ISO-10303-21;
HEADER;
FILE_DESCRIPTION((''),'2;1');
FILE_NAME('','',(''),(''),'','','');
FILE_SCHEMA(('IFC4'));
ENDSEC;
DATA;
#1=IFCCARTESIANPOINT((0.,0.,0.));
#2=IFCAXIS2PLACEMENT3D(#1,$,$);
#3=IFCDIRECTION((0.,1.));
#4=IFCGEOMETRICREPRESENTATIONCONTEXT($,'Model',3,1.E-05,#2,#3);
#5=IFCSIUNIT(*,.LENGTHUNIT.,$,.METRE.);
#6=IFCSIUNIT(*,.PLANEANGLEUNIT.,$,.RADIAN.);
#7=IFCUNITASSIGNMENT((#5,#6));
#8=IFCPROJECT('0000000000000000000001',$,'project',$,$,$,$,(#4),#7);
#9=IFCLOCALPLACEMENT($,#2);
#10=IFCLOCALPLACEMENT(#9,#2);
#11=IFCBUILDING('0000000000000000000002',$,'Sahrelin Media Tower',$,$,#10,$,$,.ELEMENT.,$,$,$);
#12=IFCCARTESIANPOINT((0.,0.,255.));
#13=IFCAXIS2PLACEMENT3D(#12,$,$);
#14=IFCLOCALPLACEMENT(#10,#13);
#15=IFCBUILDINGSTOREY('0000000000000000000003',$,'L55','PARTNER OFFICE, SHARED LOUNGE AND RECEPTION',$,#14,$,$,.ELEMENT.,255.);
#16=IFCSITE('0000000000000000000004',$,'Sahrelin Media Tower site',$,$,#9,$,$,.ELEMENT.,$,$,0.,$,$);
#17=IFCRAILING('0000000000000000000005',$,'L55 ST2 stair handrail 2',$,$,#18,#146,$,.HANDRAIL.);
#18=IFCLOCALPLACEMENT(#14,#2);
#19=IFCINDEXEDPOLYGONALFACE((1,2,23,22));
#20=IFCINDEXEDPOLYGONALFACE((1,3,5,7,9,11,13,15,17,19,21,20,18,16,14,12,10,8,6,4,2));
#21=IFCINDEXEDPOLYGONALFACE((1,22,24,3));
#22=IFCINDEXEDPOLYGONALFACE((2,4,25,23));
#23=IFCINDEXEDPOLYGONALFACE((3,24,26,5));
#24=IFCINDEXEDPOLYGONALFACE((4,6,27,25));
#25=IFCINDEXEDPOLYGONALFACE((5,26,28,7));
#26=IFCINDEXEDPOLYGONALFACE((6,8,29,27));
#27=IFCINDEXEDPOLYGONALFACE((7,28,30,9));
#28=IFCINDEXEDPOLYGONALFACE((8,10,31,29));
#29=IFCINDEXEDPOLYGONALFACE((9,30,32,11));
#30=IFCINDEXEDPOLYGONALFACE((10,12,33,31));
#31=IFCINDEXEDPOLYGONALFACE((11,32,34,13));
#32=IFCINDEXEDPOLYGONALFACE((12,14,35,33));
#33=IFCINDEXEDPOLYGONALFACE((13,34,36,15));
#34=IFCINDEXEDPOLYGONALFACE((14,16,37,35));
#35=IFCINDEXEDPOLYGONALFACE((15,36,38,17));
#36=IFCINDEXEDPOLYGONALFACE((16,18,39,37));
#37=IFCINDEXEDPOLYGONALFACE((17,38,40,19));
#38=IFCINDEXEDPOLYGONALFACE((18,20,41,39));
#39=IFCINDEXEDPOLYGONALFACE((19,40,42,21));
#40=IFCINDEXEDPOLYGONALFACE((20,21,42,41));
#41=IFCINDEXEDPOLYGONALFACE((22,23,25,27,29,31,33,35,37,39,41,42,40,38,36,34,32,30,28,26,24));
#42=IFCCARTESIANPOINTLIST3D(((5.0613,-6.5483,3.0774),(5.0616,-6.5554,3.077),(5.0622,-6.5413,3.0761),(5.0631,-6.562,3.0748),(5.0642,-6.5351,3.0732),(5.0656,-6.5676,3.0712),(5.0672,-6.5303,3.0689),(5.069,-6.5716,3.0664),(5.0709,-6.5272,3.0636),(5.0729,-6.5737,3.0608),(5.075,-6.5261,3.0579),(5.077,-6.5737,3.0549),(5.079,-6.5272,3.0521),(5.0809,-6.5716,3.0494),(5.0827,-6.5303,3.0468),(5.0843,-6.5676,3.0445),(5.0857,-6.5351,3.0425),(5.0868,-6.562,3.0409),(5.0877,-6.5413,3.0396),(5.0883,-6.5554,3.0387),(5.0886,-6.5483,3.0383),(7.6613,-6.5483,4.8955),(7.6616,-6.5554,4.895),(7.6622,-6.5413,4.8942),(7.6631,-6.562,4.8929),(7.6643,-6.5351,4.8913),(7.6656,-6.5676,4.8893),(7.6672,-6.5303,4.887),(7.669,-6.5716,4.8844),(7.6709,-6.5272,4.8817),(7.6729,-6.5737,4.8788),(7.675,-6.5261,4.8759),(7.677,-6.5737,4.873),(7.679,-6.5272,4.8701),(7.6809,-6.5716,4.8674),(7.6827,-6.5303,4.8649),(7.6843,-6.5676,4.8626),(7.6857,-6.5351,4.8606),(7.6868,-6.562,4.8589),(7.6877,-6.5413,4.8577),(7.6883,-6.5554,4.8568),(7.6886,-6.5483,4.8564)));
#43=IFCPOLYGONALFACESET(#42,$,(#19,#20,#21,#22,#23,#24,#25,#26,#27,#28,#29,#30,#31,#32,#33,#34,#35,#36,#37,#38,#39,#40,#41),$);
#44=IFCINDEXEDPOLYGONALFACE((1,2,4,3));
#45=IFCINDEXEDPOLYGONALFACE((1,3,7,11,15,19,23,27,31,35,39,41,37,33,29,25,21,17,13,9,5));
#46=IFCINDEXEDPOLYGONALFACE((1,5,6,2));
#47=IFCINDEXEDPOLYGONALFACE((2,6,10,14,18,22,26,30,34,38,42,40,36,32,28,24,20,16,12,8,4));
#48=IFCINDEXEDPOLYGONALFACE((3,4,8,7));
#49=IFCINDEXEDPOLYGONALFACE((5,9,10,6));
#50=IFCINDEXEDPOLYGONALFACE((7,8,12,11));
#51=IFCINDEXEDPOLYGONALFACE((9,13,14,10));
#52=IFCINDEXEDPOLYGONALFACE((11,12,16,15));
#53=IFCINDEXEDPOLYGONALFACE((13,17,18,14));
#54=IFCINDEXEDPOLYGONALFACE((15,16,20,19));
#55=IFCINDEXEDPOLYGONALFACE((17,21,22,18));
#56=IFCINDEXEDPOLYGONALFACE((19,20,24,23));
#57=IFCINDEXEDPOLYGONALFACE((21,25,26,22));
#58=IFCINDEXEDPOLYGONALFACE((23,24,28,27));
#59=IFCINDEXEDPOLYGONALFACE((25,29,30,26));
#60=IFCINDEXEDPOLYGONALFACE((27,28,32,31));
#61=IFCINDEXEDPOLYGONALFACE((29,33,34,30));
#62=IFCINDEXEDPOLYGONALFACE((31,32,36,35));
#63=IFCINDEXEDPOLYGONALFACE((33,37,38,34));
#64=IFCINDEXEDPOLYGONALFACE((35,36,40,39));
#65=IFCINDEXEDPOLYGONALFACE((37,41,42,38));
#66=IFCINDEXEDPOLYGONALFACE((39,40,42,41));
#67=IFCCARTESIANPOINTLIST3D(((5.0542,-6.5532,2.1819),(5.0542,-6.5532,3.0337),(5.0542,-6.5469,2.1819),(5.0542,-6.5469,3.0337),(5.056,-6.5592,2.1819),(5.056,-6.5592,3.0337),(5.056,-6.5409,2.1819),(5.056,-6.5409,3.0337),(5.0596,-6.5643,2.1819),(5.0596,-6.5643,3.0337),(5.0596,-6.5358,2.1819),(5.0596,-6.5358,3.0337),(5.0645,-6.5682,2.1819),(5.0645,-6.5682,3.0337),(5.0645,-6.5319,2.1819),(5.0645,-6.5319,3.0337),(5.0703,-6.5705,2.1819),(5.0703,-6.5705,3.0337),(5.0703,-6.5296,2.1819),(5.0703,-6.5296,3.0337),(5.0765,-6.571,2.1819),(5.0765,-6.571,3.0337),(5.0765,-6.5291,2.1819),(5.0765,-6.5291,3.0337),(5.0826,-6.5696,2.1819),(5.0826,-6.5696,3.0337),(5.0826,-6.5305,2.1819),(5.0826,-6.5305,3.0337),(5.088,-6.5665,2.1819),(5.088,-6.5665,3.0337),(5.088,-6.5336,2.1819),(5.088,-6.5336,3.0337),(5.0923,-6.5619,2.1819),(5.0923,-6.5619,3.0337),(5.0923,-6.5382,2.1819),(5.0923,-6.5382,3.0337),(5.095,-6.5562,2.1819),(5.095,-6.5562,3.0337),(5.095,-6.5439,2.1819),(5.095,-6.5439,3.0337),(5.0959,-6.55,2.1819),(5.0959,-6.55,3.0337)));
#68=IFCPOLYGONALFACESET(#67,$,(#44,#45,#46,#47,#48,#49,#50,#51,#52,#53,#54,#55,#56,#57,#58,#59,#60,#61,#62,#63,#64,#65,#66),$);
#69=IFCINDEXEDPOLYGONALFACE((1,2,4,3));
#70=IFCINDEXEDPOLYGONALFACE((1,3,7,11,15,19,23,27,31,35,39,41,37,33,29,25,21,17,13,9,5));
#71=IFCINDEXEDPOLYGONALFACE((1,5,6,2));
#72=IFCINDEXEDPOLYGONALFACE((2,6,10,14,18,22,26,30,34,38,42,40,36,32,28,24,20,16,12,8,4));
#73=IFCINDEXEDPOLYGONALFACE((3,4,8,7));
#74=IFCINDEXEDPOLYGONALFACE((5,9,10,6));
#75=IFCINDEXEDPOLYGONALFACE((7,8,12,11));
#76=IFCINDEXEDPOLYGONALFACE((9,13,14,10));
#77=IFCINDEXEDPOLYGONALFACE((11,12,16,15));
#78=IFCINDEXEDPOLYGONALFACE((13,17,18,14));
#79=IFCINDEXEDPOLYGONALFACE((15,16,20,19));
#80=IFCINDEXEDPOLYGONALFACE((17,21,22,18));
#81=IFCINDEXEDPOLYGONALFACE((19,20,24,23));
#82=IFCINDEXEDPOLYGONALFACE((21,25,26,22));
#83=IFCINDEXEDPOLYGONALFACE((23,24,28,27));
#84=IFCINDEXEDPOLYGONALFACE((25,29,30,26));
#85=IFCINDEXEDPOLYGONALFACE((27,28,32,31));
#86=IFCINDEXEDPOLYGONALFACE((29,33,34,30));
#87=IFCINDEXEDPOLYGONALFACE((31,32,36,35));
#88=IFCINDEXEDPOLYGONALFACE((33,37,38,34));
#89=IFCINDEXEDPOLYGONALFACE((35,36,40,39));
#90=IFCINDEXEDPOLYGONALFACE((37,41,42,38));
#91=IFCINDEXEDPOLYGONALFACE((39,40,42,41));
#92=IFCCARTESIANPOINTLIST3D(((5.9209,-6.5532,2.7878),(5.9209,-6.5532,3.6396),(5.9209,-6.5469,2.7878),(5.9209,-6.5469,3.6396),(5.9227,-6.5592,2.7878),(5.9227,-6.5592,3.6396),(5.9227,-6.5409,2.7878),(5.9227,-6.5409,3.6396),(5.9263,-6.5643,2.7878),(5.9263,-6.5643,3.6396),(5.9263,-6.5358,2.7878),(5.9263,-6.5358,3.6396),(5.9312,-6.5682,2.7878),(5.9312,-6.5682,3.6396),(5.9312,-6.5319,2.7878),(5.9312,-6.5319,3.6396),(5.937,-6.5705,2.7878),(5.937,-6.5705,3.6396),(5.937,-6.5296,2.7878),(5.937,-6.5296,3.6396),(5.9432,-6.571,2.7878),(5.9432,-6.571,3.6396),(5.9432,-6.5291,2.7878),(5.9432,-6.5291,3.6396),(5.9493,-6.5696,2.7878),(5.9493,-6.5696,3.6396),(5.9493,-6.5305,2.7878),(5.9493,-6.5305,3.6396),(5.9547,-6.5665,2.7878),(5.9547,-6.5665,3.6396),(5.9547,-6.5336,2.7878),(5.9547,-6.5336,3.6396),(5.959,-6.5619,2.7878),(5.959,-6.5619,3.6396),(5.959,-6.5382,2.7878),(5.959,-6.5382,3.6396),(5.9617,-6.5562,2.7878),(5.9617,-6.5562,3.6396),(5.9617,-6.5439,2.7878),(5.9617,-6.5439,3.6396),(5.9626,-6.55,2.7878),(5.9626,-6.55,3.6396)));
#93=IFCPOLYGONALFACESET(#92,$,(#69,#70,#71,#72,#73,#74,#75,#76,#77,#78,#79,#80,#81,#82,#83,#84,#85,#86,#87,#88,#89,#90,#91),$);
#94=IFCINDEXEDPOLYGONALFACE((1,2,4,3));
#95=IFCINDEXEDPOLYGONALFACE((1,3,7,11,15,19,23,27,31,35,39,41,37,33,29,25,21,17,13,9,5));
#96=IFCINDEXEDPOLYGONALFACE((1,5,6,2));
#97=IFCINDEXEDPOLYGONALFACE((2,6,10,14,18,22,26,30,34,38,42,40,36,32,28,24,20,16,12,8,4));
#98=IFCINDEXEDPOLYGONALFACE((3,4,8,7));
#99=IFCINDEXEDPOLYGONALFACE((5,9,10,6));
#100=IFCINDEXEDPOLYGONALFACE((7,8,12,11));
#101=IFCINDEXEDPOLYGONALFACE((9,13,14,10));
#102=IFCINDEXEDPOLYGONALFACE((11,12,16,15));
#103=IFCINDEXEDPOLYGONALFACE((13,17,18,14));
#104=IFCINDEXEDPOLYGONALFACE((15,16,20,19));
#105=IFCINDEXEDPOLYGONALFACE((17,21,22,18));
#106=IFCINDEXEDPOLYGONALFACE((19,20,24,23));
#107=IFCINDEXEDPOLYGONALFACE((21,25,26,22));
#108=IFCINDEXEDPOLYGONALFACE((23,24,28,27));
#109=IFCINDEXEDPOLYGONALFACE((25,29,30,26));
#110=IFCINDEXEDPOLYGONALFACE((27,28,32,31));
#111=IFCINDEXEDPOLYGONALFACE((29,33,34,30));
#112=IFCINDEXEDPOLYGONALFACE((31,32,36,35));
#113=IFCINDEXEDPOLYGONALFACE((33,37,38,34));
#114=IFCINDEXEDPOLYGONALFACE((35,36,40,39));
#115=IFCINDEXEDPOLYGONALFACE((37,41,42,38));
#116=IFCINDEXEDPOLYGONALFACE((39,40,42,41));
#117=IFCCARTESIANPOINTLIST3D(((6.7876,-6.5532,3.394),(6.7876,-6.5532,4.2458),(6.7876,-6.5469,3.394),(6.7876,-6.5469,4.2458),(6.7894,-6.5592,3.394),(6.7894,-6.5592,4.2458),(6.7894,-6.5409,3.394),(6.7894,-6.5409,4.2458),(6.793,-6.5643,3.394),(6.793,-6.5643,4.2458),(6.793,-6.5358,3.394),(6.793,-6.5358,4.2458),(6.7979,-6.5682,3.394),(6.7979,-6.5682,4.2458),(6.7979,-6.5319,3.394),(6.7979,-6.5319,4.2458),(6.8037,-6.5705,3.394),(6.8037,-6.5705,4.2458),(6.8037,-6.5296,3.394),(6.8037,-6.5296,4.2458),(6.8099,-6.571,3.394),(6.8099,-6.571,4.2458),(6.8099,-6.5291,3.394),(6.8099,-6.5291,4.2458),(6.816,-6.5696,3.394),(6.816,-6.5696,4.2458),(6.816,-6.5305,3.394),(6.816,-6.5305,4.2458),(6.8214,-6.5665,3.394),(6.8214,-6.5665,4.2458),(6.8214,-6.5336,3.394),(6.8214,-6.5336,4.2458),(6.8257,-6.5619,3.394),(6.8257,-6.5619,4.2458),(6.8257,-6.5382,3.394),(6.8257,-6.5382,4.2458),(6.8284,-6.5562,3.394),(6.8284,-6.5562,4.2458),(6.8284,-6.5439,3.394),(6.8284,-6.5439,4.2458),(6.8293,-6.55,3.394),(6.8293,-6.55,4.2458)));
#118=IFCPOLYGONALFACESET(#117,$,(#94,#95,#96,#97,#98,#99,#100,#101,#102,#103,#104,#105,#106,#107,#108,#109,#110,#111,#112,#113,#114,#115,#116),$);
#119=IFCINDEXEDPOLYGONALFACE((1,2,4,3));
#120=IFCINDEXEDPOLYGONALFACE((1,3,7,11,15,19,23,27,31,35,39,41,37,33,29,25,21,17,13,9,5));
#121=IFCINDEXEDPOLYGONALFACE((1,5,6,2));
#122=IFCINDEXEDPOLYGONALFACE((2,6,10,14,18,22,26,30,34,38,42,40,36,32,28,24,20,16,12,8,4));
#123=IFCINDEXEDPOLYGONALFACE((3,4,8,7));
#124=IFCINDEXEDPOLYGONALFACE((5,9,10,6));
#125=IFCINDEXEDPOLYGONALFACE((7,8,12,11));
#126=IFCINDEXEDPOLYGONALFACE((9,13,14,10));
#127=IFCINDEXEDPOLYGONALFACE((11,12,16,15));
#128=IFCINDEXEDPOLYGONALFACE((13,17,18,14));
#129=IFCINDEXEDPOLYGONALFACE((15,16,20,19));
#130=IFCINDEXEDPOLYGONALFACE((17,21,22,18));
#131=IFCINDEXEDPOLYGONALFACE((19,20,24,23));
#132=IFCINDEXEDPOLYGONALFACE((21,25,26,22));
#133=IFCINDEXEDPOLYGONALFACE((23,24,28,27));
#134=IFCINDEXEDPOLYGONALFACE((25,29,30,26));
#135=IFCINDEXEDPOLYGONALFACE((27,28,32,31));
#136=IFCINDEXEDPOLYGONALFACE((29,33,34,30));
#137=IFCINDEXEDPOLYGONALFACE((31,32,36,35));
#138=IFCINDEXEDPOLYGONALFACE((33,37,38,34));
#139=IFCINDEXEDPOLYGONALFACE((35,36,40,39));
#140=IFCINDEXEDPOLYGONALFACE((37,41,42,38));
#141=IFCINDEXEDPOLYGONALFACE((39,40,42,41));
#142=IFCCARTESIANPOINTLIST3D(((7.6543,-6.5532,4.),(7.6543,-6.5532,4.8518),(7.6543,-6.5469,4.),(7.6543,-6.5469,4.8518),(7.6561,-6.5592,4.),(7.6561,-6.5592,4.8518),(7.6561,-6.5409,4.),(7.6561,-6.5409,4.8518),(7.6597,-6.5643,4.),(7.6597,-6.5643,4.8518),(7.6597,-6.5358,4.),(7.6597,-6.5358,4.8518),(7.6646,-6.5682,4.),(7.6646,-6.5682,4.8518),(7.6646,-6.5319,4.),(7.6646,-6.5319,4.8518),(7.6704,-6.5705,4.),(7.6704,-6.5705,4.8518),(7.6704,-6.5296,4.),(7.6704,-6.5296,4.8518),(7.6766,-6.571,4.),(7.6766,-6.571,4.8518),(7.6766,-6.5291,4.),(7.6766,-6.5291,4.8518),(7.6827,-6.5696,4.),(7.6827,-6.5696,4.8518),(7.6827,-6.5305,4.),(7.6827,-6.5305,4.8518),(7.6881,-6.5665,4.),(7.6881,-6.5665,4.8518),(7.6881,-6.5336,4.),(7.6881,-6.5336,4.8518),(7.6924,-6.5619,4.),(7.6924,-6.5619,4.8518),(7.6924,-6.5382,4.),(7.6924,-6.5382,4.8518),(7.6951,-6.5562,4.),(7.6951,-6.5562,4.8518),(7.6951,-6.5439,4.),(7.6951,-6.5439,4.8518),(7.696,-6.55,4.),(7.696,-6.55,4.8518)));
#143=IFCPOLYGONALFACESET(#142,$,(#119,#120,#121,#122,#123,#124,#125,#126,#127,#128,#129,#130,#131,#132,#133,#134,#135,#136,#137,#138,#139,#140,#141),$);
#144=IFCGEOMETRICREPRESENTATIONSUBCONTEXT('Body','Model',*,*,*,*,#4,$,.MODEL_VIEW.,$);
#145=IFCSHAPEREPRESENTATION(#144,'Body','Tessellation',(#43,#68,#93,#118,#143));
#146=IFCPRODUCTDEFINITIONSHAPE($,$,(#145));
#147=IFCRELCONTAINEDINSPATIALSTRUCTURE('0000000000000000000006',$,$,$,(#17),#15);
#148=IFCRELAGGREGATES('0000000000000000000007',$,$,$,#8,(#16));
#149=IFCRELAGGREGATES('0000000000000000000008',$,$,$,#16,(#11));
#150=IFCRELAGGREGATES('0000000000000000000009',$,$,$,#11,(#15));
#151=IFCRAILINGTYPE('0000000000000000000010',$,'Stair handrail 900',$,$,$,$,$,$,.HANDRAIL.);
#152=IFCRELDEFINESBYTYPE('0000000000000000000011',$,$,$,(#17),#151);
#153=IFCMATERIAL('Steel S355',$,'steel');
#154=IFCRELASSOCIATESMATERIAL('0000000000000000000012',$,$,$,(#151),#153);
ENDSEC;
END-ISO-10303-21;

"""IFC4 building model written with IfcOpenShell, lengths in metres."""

from ifc_helpers import new_model, si_unit, direction, frame, origin, origin_2d, place, context, subcontext, project, spatial, circle, extrude, material, type_object, element, save


model = new_model("IFC4")

# Units and contexts
model_context = context("Model", 3, precision=1e-05, world=origin(), true_north=direction((0.0, 1.0)))
body_context = subcontext(model_context, "Body", "Model", "MODEL_VIEW")
ifc_project = project(units=[si_unit("LENGTHUNIT", "METRE"), si_unit("PLANEANGLEUNIT", "RADIAN")], contexts=[model_context])

# Site, building, storey
site_placement = place(None, origin())
site = spatial("IfcSite", under=ifc_project, at=site_placement, Name="Sahrelin Media Tower site", CompositionType="ELEMENT", RefElevation=0.0)
building_placement = place(site_placement, origin())
building = spatial("IfcBuilding", under=site, at=building_placement, Name="Sahrelin Media Tower", CompositionType="ELEMENT")
storey_placement = place(building_placement, frame((0.0, 0.0, 255.0)))
storey = spatial("IfcBuildingStorey", under=building, at=storey_placement, Name="L55", Description="PARTNER OFFICE, SHARED LOUNGE AND RECEPTION", CompositionType="ELEMENT", Elevation=255.0)

# Shared definitions
ifc_material_1 = material(Name="Steel S355", Category="steel")

# Railing
railing_type_1 = type_object("IfcRailingType", Name="Stair handrail 900", PredefinedType="HANDRAIL", material=ifc_material_1)
railing_1_placement = place(storey_placement, frame((5.075, -6.55, 2.1819)))
element("IfcRailing", 1, at=railing_1_placement, inside=storey, type_object=railing_type_1, Name="L55 ST2 stair handrail 2", PredefinedType="HANDRAIL", context=body_context, shape_type="SweptSolid", body=[
    extrude(circle(Radius=0.0239, at=origin_2d()), frame((0.0, 0.0, 0.876), z_axis=(0.819521, 0.0, 0.573049), x_axis=(0.0, 1.0, 0.0)), (0.0, 0.0, 1.0), 3.1726),
    extrude(circle(Radius=0.021, at=origin_2d()), origin(), (0.0, 0.0, 1.0), 0.8518),
    extrude(circle(Radius=0.021, at=origin_2d()), frame((0.8667, 0.0, 0.606)), (0.0, 0.0, 1.0), 0.8518),
    extrude(circle(Radius=0.021, at=origin_2d()), frame((1.7334, 0.0, 1.2122)), (0.0, 0.0, 1.0), 0.8518),
    extrude(circle(Radius=0.021, at=origin_2d()), frame((2.6001, 0.0, 1.8181)), (0.0, 0.0, 1.0), 0.8518),
])

save(model, "model.ifc")
